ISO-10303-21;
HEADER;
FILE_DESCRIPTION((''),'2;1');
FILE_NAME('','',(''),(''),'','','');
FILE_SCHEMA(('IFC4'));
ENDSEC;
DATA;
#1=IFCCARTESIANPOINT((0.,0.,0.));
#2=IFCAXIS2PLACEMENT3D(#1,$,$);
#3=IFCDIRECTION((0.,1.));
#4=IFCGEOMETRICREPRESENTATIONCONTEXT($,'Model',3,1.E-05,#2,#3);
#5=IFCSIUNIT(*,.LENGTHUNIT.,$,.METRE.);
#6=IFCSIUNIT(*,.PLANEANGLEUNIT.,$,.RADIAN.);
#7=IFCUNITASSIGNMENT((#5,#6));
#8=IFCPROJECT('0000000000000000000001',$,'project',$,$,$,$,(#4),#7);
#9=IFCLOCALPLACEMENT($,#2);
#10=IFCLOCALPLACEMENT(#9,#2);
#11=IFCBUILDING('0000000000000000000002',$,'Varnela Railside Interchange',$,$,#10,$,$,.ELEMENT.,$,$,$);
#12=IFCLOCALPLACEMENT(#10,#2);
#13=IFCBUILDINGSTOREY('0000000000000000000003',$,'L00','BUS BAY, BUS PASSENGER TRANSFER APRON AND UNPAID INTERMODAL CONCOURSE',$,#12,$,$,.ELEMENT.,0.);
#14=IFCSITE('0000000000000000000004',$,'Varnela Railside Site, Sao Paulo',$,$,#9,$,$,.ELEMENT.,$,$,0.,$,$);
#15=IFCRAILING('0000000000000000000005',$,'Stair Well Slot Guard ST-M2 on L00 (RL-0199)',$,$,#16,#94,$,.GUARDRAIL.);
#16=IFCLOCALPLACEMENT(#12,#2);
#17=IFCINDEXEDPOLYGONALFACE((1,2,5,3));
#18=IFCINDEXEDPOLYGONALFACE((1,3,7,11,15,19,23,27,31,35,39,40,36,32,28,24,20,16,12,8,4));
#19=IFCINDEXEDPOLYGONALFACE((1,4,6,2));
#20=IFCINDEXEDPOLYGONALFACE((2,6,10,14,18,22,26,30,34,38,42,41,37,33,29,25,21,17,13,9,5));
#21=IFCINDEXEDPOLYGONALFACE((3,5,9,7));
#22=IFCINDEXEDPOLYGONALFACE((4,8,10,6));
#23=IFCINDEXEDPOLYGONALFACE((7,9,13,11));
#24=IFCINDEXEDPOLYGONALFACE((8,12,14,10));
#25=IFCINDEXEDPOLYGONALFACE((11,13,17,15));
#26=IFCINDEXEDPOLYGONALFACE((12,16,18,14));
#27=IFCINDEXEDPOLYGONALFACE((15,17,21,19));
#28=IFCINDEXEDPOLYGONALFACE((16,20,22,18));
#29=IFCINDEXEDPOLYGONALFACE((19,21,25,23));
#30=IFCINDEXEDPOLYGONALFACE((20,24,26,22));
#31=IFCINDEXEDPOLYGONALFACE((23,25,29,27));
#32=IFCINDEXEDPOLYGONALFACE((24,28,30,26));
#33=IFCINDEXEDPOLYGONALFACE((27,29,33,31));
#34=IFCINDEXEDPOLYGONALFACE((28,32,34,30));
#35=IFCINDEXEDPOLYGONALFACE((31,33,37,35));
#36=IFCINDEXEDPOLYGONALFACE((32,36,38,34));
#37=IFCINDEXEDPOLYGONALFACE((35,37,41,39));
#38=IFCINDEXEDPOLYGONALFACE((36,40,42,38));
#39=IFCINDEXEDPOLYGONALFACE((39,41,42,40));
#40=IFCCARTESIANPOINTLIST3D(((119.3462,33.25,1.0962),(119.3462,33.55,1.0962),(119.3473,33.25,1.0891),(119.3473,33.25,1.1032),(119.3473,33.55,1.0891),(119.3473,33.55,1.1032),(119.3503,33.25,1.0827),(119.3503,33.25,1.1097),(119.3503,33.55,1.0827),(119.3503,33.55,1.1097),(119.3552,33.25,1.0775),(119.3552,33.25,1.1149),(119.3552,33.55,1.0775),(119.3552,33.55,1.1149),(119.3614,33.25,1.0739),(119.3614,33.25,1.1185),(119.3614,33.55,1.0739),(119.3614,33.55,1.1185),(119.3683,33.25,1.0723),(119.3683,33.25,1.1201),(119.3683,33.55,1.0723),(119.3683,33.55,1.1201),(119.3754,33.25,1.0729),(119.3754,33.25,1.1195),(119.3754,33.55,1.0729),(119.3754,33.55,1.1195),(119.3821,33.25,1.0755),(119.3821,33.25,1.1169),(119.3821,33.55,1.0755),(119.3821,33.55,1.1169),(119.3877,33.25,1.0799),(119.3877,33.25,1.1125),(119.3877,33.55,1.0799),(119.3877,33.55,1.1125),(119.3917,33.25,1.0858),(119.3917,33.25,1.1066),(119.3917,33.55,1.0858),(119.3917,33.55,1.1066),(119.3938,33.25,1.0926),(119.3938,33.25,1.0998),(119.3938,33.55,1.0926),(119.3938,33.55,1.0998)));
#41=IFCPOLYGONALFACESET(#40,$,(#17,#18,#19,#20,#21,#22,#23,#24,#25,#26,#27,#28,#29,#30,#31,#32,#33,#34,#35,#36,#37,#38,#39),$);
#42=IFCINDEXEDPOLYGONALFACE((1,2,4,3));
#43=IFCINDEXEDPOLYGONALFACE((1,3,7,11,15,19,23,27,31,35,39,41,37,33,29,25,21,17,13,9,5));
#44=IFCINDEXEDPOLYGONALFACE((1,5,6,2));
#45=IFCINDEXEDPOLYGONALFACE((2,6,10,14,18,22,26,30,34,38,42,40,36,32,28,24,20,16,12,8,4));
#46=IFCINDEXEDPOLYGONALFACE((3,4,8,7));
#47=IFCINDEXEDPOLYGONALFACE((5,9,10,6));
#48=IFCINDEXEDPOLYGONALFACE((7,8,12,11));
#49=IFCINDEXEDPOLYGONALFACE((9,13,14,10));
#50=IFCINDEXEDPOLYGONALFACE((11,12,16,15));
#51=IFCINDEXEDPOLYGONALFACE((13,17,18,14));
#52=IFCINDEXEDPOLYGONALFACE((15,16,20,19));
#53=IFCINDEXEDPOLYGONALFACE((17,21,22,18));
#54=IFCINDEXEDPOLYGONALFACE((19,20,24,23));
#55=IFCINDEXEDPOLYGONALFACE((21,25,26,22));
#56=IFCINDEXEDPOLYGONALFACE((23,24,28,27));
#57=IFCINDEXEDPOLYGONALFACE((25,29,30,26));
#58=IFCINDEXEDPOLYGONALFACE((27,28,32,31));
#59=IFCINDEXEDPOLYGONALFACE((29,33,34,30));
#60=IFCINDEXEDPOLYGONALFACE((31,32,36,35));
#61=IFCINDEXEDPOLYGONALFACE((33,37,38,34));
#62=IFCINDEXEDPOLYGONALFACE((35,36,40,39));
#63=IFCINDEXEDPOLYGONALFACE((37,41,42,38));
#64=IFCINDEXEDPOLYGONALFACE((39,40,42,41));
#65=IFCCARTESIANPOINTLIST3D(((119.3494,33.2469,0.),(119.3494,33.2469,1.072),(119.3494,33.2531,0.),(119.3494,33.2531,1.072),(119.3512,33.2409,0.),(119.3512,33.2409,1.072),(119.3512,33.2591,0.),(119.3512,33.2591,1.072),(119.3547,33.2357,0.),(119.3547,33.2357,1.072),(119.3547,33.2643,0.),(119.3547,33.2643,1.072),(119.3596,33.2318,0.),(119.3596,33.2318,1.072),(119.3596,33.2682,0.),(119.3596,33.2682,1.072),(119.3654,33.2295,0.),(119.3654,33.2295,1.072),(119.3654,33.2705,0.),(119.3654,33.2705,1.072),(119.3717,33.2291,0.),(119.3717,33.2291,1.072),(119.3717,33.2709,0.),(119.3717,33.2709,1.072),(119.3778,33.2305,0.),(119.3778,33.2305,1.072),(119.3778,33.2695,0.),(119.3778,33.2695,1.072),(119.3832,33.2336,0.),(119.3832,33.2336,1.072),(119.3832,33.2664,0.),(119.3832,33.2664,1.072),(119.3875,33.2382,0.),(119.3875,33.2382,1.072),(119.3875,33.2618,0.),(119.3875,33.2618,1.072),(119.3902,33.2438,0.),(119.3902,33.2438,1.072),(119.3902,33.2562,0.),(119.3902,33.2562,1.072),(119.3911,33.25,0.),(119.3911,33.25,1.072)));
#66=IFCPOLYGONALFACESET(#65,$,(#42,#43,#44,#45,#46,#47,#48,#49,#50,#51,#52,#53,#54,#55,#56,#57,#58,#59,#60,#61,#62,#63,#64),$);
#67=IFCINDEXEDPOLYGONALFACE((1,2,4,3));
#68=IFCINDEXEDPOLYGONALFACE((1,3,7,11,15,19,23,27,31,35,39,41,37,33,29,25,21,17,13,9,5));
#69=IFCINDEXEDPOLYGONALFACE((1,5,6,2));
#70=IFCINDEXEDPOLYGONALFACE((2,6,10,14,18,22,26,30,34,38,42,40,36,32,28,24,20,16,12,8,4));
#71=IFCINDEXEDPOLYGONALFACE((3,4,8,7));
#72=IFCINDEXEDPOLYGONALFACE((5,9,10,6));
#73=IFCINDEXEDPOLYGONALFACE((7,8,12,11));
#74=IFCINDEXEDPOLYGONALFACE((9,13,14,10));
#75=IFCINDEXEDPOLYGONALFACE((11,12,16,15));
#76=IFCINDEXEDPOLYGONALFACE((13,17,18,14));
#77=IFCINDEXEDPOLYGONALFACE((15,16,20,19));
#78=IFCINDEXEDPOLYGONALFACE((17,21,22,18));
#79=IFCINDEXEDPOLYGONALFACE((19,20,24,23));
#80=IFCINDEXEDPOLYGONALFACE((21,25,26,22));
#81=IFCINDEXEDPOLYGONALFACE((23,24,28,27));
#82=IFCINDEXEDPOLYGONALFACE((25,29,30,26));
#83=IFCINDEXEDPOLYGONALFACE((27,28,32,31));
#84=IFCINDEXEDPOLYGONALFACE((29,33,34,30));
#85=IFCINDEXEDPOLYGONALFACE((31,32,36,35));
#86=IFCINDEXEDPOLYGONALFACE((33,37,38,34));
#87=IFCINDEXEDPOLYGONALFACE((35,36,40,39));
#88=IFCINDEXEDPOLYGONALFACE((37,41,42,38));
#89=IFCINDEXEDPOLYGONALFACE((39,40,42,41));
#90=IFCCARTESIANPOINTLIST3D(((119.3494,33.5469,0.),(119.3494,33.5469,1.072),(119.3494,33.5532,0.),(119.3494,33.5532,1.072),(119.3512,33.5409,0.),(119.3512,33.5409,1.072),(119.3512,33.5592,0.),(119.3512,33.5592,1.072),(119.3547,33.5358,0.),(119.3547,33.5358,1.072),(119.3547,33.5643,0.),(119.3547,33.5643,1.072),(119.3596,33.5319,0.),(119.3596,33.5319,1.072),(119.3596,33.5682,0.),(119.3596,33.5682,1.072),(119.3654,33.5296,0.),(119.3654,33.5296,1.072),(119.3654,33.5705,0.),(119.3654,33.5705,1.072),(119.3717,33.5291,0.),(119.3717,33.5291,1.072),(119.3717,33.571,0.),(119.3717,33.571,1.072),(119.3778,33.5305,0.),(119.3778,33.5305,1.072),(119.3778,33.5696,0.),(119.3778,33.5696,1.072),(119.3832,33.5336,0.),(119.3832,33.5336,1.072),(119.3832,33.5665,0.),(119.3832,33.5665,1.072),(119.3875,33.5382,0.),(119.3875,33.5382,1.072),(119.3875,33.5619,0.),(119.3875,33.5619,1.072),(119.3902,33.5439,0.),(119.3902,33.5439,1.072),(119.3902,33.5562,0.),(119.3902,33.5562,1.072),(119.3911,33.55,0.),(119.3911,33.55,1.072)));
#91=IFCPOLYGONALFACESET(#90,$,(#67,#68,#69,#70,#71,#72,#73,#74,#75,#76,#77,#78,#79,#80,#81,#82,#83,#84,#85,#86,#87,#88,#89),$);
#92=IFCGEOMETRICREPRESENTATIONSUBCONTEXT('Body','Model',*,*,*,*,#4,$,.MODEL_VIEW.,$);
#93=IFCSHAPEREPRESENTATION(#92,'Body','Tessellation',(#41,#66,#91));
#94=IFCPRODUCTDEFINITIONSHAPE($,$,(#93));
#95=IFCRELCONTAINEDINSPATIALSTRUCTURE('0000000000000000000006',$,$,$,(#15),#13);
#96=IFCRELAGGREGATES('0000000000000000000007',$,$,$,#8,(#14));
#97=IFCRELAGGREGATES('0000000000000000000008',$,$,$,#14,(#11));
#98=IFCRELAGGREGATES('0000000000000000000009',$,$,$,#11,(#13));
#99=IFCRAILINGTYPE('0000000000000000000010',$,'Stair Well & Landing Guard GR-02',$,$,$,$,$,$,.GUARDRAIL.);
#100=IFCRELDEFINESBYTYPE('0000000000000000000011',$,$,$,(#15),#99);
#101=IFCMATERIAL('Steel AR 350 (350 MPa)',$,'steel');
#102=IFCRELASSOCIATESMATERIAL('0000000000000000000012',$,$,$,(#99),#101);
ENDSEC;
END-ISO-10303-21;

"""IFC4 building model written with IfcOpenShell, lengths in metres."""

from ifc_helpers import new_model, si_unit, direction, frame, origin, origin_2d, place, context, subcontext, project, spatial, circle, extrude, material, type_object, element, save


model = new_model("IFC4")

# Units and contexts
model_context = context("Model", 3, precision=1e-05, world=origin(), true_north=direction((0.0, 1.0)))
body_context = subcontext(model_context, "Body", "Model", "MODEL_VIEW")
ifc_project = project(units=[si_unit("LENGTHUNIT", "METRE"), si_unit("PLANEANGLEUNIT", "RADIAN")], contexts=[model_context])

# Site, building, storey
site_placement = place(None, origin())
site = spatial("IfcSite", under=ifc_project, at=site_placement, Name="Varnela Railside Site, Sao Paulo", CompositionType="ELEMENT", RefElevation=0.0)
building_placement = place(site_placement, origin())
building = spatial("IfcBuilding", under=site, at=building_placement, Name="Varnela Railside Interchange", CompositionType="ELEMENT")
storey_placement = place(building_placement, origin())
storey = spatial("IfcBuildingStorey", under=building, at=storey_placement, Name="L00", Description="BUS BAY, BUS PASSENGER TRANSFER APRON AND UNPAID INTERMODAL CONCOURSE", CompositionType="ELEMENT", Elevation=0.0)

# Shared definitions
ifc_material_1 = material(Name="Steel AR 350 (350 MPa)", Category="steel")

# Railing
railing_type_1 = type_object("IfcRailingType", Name="Stair Well & Landing Guard GR-02", PredefinedType="GUARDRAIL", material=ifc_material_1)
railing_1_placement = place(storey_placement, frame((119.3701, 33.25, 0.0)))
element("IfcRailing", 1, at=railing_1_placement, inside=storey, type_object=railing_type_1, Name="Stair Well Slot Guard ST-M2 on L00 (RL-0199)", PredefinedType="GUARDRAIL", context=body_context, shape_type="SweptSolid", body=[
    extrude(circle(Radius=0.0239, at=origin_2d()), frame((0.0, 0.0, 1.0962), z_axis=(0.0, 1.0, 0.0), x_axis=(-1.0, 0.0, 0.0)), (0.0, 0.0, 1.0), 0.3),
    extrude(circle(Radius=0.021, at=origin_2d()), origin(), (0.0, 0.0, 1.0), 1.072),
    extrude(circle(Radius=0.021, at=origin_2d()), frame((0.0, 0.3, 0.0)), (0.0, 0.0, 1.0), 1.072),
])

save(model, "model.ifc")
